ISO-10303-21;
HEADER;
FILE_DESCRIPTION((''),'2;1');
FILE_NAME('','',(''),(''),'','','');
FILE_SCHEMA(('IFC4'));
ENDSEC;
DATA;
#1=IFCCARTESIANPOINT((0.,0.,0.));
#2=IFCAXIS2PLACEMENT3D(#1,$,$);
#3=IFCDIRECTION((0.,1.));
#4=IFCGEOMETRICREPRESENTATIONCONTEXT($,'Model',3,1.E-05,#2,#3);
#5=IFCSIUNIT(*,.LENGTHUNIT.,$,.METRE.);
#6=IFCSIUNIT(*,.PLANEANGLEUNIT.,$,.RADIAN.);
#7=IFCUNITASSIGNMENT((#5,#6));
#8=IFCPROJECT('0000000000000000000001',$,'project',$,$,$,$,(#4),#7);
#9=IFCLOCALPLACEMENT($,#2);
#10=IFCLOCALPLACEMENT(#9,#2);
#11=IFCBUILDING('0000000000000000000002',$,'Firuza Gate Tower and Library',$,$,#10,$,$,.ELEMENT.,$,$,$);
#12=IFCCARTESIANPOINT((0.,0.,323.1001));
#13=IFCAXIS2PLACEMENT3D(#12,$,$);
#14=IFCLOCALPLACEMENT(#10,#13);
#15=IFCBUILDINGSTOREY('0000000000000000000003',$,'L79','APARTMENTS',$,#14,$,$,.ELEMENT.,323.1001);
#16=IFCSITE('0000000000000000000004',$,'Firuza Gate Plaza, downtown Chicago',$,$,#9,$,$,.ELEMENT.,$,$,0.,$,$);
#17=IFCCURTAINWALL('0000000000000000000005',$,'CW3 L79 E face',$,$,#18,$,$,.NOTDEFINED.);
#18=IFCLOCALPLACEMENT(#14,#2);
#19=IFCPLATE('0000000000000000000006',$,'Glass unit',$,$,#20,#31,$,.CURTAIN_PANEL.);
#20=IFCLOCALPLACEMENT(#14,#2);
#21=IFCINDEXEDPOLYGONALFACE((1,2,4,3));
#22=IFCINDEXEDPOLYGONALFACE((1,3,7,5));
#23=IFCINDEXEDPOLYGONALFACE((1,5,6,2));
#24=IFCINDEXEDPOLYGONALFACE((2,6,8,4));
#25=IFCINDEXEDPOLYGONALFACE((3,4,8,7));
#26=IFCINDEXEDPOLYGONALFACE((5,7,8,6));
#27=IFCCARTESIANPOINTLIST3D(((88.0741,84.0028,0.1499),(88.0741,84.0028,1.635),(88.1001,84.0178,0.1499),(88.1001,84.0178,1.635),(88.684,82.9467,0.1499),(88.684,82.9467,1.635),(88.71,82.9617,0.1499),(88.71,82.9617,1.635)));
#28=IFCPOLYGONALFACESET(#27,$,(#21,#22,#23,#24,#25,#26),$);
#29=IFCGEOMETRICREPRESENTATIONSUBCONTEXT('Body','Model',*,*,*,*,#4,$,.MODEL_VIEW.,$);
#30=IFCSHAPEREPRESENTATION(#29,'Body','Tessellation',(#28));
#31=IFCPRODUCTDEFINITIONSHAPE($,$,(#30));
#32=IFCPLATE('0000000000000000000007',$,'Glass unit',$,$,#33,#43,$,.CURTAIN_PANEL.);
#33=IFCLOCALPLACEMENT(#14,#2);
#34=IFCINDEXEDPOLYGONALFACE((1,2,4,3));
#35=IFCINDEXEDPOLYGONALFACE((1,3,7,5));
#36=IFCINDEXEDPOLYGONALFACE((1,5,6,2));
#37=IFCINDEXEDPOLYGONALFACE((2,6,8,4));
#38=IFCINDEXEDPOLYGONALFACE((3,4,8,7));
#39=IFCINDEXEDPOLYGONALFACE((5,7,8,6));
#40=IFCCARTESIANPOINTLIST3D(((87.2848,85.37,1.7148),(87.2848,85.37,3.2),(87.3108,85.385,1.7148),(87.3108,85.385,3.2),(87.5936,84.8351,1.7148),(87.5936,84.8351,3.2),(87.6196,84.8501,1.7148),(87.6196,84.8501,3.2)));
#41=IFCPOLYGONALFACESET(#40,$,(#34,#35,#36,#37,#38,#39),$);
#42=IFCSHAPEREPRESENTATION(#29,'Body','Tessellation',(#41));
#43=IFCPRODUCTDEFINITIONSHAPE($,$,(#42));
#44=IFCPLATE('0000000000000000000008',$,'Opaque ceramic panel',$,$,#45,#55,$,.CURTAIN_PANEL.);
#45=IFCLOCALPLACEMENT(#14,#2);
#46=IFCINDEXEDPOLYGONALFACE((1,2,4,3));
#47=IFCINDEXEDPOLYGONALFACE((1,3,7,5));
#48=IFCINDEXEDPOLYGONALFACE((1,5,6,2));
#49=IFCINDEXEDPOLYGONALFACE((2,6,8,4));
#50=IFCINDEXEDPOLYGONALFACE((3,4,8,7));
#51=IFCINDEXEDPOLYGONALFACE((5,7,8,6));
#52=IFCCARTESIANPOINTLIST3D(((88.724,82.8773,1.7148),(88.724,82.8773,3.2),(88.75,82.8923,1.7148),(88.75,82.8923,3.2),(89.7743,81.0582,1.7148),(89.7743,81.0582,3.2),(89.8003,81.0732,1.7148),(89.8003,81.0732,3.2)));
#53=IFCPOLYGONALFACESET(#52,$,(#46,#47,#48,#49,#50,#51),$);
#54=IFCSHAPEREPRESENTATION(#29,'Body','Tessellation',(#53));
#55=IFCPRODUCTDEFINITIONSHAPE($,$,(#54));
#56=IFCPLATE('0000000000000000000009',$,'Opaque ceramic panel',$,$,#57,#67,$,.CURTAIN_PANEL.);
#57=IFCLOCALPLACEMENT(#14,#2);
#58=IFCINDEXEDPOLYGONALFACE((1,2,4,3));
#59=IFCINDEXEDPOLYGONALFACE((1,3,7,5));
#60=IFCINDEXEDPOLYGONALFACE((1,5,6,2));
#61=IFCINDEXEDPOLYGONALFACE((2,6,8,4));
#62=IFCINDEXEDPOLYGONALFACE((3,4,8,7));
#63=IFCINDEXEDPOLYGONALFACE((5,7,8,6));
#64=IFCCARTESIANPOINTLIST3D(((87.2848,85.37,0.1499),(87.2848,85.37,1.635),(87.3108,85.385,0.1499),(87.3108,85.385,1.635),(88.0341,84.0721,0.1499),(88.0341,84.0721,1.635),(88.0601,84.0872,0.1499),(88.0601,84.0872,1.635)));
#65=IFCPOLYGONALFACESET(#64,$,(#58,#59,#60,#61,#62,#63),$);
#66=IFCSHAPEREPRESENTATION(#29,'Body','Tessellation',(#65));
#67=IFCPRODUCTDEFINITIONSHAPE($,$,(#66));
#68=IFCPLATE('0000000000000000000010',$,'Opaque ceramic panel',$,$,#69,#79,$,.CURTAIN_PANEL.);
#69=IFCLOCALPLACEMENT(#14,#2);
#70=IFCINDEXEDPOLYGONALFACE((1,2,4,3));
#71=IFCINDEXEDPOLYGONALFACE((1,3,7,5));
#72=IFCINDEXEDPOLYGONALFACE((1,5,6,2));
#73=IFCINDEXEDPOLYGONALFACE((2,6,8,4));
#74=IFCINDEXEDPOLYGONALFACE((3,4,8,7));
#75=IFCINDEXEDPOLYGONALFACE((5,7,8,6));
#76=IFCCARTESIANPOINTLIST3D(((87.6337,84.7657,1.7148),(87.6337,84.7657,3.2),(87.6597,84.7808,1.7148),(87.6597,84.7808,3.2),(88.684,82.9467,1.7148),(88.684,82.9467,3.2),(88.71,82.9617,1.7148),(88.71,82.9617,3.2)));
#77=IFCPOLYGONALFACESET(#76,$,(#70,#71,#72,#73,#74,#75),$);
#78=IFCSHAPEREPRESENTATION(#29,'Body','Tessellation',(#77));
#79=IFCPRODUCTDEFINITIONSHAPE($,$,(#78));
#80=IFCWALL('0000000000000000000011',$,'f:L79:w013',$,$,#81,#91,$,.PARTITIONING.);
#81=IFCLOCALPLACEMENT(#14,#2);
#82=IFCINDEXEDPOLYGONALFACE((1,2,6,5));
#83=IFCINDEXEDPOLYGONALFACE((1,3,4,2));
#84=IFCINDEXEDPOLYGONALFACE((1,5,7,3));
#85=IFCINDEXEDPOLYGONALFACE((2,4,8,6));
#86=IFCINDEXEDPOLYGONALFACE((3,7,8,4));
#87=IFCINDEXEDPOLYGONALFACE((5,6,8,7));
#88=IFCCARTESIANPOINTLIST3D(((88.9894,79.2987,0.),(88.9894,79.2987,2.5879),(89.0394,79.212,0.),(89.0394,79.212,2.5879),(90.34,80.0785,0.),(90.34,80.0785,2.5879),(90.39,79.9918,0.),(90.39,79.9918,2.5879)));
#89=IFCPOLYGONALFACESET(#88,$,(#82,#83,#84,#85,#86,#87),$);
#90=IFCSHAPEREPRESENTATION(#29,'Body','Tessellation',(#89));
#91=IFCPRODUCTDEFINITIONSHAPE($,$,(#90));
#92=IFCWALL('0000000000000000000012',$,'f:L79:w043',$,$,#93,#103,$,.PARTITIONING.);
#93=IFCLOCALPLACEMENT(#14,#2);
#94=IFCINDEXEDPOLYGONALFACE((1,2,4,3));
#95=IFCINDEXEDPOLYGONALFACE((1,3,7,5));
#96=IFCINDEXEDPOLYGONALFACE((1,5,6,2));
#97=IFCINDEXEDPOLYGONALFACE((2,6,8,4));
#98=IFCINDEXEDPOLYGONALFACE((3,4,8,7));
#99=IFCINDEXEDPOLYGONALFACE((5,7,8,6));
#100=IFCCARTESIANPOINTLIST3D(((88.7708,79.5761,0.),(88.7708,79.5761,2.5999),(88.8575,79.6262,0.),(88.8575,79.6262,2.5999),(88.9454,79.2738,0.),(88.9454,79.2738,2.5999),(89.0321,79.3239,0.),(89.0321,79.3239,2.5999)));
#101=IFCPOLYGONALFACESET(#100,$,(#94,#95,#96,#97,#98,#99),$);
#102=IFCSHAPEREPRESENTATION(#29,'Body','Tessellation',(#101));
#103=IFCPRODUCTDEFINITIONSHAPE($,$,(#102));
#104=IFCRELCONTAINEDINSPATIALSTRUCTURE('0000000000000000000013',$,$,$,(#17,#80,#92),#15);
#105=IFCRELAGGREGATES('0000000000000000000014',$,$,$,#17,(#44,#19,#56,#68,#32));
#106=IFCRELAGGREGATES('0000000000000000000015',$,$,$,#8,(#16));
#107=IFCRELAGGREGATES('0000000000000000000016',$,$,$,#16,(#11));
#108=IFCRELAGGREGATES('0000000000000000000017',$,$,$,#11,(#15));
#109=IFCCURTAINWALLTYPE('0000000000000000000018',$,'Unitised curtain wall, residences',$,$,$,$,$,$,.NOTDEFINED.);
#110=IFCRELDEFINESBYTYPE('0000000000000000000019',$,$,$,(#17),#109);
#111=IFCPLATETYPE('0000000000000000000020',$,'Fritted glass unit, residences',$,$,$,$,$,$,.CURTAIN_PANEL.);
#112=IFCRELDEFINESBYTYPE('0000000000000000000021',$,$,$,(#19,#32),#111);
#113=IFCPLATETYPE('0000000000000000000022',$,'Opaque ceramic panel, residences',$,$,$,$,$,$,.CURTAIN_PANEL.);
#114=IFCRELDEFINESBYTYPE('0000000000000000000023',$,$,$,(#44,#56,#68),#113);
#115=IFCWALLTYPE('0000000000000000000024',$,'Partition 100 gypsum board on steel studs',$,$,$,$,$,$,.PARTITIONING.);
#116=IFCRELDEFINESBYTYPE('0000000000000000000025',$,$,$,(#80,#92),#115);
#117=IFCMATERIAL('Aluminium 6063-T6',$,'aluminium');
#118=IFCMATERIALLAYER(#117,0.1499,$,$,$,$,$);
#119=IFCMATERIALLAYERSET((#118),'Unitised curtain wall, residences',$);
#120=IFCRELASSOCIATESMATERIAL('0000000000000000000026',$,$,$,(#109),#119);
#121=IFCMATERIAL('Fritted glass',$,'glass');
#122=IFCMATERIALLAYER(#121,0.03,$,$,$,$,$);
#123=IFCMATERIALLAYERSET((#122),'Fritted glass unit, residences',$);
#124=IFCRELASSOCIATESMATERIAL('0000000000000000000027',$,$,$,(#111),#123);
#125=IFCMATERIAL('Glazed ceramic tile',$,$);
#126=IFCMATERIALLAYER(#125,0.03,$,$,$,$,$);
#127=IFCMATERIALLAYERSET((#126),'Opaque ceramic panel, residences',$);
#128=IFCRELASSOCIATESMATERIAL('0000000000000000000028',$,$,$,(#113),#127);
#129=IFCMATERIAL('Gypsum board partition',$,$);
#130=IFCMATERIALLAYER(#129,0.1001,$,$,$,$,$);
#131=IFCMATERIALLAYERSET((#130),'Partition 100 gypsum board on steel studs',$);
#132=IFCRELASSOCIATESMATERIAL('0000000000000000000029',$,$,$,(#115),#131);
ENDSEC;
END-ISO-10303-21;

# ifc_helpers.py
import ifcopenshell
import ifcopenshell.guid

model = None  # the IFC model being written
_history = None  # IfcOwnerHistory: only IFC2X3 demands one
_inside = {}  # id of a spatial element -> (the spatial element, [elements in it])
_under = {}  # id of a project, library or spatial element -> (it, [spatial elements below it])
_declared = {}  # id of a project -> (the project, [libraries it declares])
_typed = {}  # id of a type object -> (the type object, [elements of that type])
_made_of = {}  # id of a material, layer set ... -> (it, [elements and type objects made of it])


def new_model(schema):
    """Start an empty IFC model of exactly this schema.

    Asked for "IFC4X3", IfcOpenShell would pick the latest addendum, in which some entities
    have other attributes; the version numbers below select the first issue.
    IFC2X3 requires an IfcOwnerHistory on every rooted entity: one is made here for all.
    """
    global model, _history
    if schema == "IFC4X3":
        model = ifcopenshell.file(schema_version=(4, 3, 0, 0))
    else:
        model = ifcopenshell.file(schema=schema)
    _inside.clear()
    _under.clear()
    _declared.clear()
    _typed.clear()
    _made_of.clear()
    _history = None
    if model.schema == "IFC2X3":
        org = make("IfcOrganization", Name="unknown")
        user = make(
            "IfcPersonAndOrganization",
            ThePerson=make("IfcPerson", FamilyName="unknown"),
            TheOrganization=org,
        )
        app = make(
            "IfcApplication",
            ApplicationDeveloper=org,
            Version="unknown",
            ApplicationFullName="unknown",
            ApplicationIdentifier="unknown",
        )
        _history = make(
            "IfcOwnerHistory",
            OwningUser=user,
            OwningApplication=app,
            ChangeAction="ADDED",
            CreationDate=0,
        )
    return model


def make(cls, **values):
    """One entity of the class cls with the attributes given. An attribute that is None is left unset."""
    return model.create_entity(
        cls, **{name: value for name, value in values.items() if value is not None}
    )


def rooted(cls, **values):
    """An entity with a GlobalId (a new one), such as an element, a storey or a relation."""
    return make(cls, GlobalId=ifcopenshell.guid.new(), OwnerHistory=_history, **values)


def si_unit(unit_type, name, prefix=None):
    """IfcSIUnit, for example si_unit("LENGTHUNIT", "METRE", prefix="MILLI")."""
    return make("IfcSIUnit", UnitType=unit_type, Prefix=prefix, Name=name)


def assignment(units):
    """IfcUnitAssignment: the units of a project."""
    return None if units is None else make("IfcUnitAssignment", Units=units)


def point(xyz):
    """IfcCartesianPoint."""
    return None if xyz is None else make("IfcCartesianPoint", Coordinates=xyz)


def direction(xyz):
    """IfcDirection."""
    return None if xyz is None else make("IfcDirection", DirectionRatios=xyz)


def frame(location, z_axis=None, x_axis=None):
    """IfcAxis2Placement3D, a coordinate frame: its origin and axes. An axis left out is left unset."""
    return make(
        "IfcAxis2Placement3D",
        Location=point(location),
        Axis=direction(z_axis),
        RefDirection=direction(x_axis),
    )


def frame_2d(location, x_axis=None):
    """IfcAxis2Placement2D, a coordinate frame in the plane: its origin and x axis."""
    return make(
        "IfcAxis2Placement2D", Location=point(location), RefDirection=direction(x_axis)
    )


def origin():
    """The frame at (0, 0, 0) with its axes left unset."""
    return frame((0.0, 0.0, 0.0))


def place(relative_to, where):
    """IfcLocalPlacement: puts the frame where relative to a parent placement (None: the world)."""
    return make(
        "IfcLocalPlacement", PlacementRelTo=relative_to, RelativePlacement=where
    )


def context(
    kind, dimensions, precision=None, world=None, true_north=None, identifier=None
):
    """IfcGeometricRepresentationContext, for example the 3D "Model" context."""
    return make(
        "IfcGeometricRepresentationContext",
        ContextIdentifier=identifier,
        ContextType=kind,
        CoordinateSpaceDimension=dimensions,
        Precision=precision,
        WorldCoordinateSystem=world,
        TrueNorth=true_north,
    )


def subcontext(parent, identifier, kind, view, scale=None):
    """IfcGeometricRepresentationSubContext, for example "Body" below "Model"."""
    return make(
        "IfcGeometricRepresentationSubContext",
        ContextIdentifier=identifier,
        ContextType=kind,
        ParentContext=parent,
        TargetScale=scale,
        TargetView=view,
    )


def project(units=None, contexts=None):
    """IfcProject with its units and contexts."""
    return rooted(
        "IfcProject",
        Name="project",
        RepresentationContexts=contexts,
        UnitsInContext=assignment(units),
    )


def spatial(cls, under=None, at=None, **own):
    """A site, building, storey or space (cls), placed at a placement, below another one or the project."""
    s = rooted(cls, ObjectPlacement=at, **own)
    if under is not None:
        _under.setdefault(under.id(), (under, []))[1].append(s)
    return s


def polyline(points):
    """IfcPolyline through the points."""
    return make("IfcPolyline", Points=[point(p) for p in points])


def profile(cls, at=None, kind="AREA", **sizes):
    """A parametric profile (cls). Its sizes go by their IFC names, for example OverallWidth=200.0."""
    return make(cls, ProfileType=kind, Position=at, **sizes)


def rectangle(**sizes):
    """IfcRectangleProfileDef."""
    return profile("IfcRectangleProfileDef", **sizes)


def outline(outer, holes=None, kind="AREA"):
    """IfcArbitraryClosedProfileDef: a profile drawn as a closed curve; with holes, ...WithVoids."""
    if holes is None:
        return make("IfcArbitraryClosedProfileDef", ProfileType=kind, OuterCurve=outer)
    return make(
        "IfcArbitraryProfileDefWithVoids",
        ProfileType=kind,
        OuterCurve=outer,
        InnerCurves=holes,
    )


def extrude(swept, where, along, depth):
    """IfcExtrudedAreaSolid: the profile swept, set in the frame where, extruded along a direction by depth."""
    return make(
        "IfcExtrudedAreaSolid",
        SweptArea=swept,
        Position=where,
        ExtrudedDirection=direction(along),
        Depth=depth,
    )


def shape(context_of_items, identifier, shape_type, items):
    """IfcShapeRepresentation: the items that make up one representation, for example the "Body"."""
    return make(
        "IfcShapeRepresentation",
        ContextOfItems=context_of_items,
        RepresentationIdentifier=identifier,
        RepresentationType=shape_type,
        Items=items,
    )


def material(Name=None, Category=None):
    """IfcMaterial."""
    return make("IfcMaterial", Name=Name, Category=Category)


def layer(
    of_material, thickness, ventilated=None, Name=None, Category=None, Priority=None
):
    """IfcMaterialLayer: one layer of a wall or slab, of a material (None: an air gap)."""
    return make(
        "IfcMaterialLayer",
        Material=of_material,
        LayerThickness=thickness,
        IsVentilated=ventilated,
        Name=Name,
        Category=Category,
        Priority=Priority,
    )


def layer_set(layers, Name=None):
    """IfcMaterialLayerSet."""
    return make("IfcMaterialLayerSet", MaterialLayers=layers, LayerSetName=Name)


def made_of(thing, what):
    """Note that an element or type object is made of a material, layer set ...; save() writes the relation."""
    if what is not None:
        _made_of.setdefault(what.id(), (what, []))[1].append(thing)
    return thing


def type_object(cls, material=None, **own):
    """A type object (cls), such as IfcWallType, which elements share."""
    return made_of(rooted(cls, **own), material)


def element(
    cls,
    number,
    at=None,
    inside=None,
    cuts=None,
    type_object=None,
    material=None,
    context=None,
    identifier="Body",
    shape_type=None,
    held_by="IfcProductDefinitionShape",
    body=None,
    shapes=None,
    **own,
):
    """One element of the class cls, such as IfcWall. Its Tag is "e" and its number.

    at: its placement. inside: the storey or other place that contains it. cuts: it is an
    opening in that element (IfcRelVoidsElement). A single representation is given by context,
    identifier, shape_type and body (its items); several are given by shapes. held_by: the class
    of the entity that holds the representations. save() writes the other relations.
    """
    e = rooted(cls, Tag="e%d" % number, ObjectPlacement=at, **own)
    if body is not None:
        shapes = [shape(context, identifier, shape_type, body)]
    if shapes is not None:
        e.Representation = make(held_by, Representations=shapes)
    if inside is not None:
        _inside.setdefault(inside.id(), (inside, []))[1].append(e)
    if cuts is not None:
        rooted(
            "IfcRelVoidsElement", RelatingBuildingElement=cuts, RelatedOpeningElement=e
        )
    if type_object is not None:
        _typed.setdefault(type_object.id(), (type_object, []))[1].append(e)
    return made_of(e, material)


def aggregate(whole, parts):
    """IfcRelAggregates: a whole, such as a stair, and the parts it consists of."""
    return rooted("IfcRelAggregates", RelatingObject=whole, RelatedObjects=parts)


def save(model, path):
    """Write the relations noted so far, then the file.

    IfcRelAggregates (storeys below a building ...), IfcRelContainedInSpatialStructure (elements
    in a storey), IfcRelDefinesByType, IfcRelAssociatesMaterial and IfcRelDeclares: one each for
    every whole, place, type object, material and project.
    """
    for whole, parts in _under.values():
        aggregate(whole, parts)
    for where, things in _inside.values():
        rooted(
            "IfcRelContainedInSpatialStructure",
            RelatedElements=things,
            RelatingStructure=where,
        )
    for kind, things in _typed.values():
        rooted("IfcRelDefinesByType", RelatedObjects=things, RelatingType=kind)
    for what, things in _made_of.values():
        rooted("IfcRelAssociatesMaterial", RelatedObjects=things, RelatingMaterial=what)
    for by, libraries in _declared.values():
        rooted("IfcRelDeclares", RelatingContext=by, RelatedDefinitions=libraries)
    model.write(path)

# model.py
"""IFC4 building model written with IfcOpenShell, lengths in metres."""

from ifc_helpers import new_model, si_unit, direction, frame, frame_2d, origin, place, context, subcontext, project, spatial, polyline, rectangle, outline, extrude, material, layer, layer_set, type_object, element, aggregate, save


model = new_model("IFC4")

# Units and contexts
model_context = context("Model", 3, precision=1e-05, world=origin(), true_north=direction((0.0, 1.0)))
body_context = subcontext(model_context, "Body", "Model", "MODEL_VIEW")
ifc_project = project(units=[si_unit("LENGTHUNIT", "METRE"), si_unit("PLANEANGLEUNIT", "RADIAN")], contexts=[model_context])

# Site, building, storey
site_placement = place(None, origin())
site = spatial("IfcSite", under=ifc_project, at=site_placement, Name="Firuza Gate Plaza, downtown Chicago", CompositionType="ELEMENT", RefElevation=0.0)
building_placement = place(site_placement, origin())
building = spatial("IfcBuilding", under=site, at=building_placement, Name="Firuza Gate Tower and Library", CompositionType="ELEMENT")
storey_placement = place(building_placement, frame((0.0, 0.0, 323.1001)))
storey = spatial("IfcBuildingStorey", under=building, at=storey_placement, Name="L79", Description="APARTMENTS", CompositionType="ELEMENT", Elevation=323.1001)

# Curtain wall
ifc_material_1 = material(Name="Aluminium 6063-T6", Category="aluminium")
ifc_layer_1 = layer(ifc_material_1, 0.1499)
ifc_layer_set_1 = layer_set([ifc_layer_1], Name="Unitised curtain wall, residences")
curtain_wall_type = type_object("IfcCurtainWallType", Name="Unitised curtain wall, residences", PredefinedType="NOTDEFINED", material=ifc_layer_set_1)
curtain_wall_placement = place(storey_placement, origin())
curtain_wall = element("IfcCurtainWall", 1, at=curtain_wall_placement, inside=storey, type_object=curtain_wall_type, Name="CW3 L79 E face", PredefinedType="NOTDEFINED")

# Plates
ifc_material_2 = material(Name="Fritted glass", Category="glass")
ifc_layer_2 = layer(ifc_material_2, 0.03)
ifc_layer_set_2 = layer_set([ifc_layer_2], Name="Fritted glass unit, residences")
plate_type_1 = type_object("IfcPlateType", Name="Fritted glass unit, residences", PredefinedType="CURTAIN_PANEL", material=ifc_layer_set_2)
plate_1_placement = place(storey_placement, frame((88.71, 82.9617, 0.1499), z_axis=(0.865992, 0.500057, 0.0), x_axis=(-0.500057, 0.865992, 0.0)))
plate_1 = element("IfcPlate", 2, at=plate_1_placement, type_object=plate_type_1, Name="Glass unit", PredefinedType="CURTAIN_PANEL", context=body_context, shape_type="SweptSolid", body=[
    extrude(outline(polyline([(0.0, 0.0), (1.2196, 0.0), (1.2196, 1.4851), (0.0, 1.4851), (0.0, 0.0)])), origin(), (0.0, 0.0, -1.0), 0.03),
])
plate_2_placement = place(storey_placement, frame((87.6196, 84.8501, 1.7148), z_axis=(0.866021, 0.500008, 0.0), x_axis=(-0.500008, 0.866021, 0.0)))
plate_2 = element("IfcPlate", 3, at=plate_2_placement, type_object=plate_type_1, Name="Glass unit", PredefinedType="CURTAIN_PANEL", context=body_context, shape_type="SweptSolid", body=[
    extrude(outline(polyline([(0.0, 0.0), (0.6177, 0.0), (0.6177, 1.4851), (0.0, 1.4851), (0.0, 0.0)])), origin(), (0.0, 0.0, -1.0), 0.03),
])
ifc_material_3 = material(Name="Glazed ceramic tile")
ifc_layer_3 = layer(ifc_material_3, 0.03)
ifc_layer_set_3 = layer_set([ifc_layer_3], Name="Opaque ceramic panel, residences")
plate_type_2 = type_object("IfcPlateType", Name="Opaque ceramic panel, residences", PredefinedType="CURTAIN_PANEL", material=ifc_layer_set_3)
plate_3_placement = place(storey_placement, frame((89.8003, 81.0732, 1.7148), z_axis=(0.866017, 0.500014, 0.0), x_axis=(-0.500014, 0.866017, 0.0)))
plate_3 = element("IfcPlate", 4, at=plate_3_placement, type_object=plate_type_2, Name="Opaque ceramic panel", PredefinedType="CURTAIN_PANEL", context=body_context, shape_type="SweptSolid", body=[
    extrude(outline(polyline([(0.0, 0.0), (2.1005, 0.0), (2.1005, 1.4851), (0.0, 1.4851), (0.0, 0.0)])), origin(), (0.0, 0.0, -1.0), 0.03),
])
plate_4_placement = place(storey_placement, frame((88.0601, 84.0872, 0.1499), z_axis=(0.866039, 0.499976, 0.0), x_axis=(-0.499976, 0.866039, 0.0)))
plate_4 = element("IfcPlate", 5, at=plate_4_placement, type_object=plate_type_2, Name="Opaque ceramic panel", PredefinedType="CURTAIN_PANEL", context=body_context, shape_type="SweptSolid", body=[
    extrude(outline(polyline([(0.0, 0.0), (1.4986, 0.0), (1.4986, 1.4851), (0.0, 1.4851), (0.0, 0.0)])), origin(), (0.0, 0.0, -1.0), 0.03),
])
plate_5_placement = place(storey_placement, frame((88.71, 82.9617, 1.7148), z_axis=(0.866017, 0.500014, 0.0), x_axis=(-0.500014, 0.866017, 0.0)))
plate_5 = element("IfcPlate", 6, at=plate_5_placement, type_object=plate_type_2, Name="Opaque ceramic panel", PredefinedType="CURTAIN_PANEL", context=body_context, shape_type="SweptSolid", body=[
    extrude(outline(polyline([(0.0, 0.0), (2.1005, 0.0), (2.1005, 1.4851), (0.0, 1.4851), (0.0, 0.0)])), origin(), (0.0, 0.0, -1.0), 0.03),
])
aggregate(curtain_wall, [plate_3, plate_1, plate_4, plate_5, plate_2])

# Walls
ifc_material_4 = material(Name="Gypsum board partition")
ifc_layer_4 = layer(ifc_material_4, 0.1001)
ifc_layer_set_4 = layer_set([ifc_layer_4], Name="Partition 100 gypsum board on steel studs")
wall_type = type_object("IfcWallType", Name="Partition 100 gypsum board on steel studs", PredefinedType="PARTITIONING", material=ifc_layer_set_4)
wall_1_placement = place(storey_placement, frame((89.0144, 79.2554, 0.0), z_axis=(0.0, 0.0, 1.0), x_axis=(0.866019, 0.500012, 0.0)))
element("IfcWall", 7, at=wall_1_placement, inside=storey, type_object=wall_type, Name="f:L79:w013", PredefinedType="PARTITIONING", context=body_context, shape_type="SweptSolid", body=[
    extrude(rectangle(XDim=1.5596, YDim=0.1001, at=frame_2d((0.7798, 0.0))), origin(), (0.0, 0.0, 1.0), 2.5879),
])
wall_2_placement = place(storey_placement, frame((88.9888, 79.2988, 0.0), z_axis=(0.0, 0.0, 1.0), x_axis=(-0.500126, 0.865953, 0.0)))
element("IfcWall", 8, at=wall_2_placement, inside=storey, type_object=wall_type, Name="f:L79:w043", PredefinedType="PARTITIONING", context=body_context, shape_type="SweptSolid", body=[
    extrude(rectangle(XDim=0.3491, YDim=0.1001, at=frame_2d((0.1746, 0.0))), origin(), (0.0, 0.0, 1.0), 2.5999),
])

save(model, "model.ifc")
